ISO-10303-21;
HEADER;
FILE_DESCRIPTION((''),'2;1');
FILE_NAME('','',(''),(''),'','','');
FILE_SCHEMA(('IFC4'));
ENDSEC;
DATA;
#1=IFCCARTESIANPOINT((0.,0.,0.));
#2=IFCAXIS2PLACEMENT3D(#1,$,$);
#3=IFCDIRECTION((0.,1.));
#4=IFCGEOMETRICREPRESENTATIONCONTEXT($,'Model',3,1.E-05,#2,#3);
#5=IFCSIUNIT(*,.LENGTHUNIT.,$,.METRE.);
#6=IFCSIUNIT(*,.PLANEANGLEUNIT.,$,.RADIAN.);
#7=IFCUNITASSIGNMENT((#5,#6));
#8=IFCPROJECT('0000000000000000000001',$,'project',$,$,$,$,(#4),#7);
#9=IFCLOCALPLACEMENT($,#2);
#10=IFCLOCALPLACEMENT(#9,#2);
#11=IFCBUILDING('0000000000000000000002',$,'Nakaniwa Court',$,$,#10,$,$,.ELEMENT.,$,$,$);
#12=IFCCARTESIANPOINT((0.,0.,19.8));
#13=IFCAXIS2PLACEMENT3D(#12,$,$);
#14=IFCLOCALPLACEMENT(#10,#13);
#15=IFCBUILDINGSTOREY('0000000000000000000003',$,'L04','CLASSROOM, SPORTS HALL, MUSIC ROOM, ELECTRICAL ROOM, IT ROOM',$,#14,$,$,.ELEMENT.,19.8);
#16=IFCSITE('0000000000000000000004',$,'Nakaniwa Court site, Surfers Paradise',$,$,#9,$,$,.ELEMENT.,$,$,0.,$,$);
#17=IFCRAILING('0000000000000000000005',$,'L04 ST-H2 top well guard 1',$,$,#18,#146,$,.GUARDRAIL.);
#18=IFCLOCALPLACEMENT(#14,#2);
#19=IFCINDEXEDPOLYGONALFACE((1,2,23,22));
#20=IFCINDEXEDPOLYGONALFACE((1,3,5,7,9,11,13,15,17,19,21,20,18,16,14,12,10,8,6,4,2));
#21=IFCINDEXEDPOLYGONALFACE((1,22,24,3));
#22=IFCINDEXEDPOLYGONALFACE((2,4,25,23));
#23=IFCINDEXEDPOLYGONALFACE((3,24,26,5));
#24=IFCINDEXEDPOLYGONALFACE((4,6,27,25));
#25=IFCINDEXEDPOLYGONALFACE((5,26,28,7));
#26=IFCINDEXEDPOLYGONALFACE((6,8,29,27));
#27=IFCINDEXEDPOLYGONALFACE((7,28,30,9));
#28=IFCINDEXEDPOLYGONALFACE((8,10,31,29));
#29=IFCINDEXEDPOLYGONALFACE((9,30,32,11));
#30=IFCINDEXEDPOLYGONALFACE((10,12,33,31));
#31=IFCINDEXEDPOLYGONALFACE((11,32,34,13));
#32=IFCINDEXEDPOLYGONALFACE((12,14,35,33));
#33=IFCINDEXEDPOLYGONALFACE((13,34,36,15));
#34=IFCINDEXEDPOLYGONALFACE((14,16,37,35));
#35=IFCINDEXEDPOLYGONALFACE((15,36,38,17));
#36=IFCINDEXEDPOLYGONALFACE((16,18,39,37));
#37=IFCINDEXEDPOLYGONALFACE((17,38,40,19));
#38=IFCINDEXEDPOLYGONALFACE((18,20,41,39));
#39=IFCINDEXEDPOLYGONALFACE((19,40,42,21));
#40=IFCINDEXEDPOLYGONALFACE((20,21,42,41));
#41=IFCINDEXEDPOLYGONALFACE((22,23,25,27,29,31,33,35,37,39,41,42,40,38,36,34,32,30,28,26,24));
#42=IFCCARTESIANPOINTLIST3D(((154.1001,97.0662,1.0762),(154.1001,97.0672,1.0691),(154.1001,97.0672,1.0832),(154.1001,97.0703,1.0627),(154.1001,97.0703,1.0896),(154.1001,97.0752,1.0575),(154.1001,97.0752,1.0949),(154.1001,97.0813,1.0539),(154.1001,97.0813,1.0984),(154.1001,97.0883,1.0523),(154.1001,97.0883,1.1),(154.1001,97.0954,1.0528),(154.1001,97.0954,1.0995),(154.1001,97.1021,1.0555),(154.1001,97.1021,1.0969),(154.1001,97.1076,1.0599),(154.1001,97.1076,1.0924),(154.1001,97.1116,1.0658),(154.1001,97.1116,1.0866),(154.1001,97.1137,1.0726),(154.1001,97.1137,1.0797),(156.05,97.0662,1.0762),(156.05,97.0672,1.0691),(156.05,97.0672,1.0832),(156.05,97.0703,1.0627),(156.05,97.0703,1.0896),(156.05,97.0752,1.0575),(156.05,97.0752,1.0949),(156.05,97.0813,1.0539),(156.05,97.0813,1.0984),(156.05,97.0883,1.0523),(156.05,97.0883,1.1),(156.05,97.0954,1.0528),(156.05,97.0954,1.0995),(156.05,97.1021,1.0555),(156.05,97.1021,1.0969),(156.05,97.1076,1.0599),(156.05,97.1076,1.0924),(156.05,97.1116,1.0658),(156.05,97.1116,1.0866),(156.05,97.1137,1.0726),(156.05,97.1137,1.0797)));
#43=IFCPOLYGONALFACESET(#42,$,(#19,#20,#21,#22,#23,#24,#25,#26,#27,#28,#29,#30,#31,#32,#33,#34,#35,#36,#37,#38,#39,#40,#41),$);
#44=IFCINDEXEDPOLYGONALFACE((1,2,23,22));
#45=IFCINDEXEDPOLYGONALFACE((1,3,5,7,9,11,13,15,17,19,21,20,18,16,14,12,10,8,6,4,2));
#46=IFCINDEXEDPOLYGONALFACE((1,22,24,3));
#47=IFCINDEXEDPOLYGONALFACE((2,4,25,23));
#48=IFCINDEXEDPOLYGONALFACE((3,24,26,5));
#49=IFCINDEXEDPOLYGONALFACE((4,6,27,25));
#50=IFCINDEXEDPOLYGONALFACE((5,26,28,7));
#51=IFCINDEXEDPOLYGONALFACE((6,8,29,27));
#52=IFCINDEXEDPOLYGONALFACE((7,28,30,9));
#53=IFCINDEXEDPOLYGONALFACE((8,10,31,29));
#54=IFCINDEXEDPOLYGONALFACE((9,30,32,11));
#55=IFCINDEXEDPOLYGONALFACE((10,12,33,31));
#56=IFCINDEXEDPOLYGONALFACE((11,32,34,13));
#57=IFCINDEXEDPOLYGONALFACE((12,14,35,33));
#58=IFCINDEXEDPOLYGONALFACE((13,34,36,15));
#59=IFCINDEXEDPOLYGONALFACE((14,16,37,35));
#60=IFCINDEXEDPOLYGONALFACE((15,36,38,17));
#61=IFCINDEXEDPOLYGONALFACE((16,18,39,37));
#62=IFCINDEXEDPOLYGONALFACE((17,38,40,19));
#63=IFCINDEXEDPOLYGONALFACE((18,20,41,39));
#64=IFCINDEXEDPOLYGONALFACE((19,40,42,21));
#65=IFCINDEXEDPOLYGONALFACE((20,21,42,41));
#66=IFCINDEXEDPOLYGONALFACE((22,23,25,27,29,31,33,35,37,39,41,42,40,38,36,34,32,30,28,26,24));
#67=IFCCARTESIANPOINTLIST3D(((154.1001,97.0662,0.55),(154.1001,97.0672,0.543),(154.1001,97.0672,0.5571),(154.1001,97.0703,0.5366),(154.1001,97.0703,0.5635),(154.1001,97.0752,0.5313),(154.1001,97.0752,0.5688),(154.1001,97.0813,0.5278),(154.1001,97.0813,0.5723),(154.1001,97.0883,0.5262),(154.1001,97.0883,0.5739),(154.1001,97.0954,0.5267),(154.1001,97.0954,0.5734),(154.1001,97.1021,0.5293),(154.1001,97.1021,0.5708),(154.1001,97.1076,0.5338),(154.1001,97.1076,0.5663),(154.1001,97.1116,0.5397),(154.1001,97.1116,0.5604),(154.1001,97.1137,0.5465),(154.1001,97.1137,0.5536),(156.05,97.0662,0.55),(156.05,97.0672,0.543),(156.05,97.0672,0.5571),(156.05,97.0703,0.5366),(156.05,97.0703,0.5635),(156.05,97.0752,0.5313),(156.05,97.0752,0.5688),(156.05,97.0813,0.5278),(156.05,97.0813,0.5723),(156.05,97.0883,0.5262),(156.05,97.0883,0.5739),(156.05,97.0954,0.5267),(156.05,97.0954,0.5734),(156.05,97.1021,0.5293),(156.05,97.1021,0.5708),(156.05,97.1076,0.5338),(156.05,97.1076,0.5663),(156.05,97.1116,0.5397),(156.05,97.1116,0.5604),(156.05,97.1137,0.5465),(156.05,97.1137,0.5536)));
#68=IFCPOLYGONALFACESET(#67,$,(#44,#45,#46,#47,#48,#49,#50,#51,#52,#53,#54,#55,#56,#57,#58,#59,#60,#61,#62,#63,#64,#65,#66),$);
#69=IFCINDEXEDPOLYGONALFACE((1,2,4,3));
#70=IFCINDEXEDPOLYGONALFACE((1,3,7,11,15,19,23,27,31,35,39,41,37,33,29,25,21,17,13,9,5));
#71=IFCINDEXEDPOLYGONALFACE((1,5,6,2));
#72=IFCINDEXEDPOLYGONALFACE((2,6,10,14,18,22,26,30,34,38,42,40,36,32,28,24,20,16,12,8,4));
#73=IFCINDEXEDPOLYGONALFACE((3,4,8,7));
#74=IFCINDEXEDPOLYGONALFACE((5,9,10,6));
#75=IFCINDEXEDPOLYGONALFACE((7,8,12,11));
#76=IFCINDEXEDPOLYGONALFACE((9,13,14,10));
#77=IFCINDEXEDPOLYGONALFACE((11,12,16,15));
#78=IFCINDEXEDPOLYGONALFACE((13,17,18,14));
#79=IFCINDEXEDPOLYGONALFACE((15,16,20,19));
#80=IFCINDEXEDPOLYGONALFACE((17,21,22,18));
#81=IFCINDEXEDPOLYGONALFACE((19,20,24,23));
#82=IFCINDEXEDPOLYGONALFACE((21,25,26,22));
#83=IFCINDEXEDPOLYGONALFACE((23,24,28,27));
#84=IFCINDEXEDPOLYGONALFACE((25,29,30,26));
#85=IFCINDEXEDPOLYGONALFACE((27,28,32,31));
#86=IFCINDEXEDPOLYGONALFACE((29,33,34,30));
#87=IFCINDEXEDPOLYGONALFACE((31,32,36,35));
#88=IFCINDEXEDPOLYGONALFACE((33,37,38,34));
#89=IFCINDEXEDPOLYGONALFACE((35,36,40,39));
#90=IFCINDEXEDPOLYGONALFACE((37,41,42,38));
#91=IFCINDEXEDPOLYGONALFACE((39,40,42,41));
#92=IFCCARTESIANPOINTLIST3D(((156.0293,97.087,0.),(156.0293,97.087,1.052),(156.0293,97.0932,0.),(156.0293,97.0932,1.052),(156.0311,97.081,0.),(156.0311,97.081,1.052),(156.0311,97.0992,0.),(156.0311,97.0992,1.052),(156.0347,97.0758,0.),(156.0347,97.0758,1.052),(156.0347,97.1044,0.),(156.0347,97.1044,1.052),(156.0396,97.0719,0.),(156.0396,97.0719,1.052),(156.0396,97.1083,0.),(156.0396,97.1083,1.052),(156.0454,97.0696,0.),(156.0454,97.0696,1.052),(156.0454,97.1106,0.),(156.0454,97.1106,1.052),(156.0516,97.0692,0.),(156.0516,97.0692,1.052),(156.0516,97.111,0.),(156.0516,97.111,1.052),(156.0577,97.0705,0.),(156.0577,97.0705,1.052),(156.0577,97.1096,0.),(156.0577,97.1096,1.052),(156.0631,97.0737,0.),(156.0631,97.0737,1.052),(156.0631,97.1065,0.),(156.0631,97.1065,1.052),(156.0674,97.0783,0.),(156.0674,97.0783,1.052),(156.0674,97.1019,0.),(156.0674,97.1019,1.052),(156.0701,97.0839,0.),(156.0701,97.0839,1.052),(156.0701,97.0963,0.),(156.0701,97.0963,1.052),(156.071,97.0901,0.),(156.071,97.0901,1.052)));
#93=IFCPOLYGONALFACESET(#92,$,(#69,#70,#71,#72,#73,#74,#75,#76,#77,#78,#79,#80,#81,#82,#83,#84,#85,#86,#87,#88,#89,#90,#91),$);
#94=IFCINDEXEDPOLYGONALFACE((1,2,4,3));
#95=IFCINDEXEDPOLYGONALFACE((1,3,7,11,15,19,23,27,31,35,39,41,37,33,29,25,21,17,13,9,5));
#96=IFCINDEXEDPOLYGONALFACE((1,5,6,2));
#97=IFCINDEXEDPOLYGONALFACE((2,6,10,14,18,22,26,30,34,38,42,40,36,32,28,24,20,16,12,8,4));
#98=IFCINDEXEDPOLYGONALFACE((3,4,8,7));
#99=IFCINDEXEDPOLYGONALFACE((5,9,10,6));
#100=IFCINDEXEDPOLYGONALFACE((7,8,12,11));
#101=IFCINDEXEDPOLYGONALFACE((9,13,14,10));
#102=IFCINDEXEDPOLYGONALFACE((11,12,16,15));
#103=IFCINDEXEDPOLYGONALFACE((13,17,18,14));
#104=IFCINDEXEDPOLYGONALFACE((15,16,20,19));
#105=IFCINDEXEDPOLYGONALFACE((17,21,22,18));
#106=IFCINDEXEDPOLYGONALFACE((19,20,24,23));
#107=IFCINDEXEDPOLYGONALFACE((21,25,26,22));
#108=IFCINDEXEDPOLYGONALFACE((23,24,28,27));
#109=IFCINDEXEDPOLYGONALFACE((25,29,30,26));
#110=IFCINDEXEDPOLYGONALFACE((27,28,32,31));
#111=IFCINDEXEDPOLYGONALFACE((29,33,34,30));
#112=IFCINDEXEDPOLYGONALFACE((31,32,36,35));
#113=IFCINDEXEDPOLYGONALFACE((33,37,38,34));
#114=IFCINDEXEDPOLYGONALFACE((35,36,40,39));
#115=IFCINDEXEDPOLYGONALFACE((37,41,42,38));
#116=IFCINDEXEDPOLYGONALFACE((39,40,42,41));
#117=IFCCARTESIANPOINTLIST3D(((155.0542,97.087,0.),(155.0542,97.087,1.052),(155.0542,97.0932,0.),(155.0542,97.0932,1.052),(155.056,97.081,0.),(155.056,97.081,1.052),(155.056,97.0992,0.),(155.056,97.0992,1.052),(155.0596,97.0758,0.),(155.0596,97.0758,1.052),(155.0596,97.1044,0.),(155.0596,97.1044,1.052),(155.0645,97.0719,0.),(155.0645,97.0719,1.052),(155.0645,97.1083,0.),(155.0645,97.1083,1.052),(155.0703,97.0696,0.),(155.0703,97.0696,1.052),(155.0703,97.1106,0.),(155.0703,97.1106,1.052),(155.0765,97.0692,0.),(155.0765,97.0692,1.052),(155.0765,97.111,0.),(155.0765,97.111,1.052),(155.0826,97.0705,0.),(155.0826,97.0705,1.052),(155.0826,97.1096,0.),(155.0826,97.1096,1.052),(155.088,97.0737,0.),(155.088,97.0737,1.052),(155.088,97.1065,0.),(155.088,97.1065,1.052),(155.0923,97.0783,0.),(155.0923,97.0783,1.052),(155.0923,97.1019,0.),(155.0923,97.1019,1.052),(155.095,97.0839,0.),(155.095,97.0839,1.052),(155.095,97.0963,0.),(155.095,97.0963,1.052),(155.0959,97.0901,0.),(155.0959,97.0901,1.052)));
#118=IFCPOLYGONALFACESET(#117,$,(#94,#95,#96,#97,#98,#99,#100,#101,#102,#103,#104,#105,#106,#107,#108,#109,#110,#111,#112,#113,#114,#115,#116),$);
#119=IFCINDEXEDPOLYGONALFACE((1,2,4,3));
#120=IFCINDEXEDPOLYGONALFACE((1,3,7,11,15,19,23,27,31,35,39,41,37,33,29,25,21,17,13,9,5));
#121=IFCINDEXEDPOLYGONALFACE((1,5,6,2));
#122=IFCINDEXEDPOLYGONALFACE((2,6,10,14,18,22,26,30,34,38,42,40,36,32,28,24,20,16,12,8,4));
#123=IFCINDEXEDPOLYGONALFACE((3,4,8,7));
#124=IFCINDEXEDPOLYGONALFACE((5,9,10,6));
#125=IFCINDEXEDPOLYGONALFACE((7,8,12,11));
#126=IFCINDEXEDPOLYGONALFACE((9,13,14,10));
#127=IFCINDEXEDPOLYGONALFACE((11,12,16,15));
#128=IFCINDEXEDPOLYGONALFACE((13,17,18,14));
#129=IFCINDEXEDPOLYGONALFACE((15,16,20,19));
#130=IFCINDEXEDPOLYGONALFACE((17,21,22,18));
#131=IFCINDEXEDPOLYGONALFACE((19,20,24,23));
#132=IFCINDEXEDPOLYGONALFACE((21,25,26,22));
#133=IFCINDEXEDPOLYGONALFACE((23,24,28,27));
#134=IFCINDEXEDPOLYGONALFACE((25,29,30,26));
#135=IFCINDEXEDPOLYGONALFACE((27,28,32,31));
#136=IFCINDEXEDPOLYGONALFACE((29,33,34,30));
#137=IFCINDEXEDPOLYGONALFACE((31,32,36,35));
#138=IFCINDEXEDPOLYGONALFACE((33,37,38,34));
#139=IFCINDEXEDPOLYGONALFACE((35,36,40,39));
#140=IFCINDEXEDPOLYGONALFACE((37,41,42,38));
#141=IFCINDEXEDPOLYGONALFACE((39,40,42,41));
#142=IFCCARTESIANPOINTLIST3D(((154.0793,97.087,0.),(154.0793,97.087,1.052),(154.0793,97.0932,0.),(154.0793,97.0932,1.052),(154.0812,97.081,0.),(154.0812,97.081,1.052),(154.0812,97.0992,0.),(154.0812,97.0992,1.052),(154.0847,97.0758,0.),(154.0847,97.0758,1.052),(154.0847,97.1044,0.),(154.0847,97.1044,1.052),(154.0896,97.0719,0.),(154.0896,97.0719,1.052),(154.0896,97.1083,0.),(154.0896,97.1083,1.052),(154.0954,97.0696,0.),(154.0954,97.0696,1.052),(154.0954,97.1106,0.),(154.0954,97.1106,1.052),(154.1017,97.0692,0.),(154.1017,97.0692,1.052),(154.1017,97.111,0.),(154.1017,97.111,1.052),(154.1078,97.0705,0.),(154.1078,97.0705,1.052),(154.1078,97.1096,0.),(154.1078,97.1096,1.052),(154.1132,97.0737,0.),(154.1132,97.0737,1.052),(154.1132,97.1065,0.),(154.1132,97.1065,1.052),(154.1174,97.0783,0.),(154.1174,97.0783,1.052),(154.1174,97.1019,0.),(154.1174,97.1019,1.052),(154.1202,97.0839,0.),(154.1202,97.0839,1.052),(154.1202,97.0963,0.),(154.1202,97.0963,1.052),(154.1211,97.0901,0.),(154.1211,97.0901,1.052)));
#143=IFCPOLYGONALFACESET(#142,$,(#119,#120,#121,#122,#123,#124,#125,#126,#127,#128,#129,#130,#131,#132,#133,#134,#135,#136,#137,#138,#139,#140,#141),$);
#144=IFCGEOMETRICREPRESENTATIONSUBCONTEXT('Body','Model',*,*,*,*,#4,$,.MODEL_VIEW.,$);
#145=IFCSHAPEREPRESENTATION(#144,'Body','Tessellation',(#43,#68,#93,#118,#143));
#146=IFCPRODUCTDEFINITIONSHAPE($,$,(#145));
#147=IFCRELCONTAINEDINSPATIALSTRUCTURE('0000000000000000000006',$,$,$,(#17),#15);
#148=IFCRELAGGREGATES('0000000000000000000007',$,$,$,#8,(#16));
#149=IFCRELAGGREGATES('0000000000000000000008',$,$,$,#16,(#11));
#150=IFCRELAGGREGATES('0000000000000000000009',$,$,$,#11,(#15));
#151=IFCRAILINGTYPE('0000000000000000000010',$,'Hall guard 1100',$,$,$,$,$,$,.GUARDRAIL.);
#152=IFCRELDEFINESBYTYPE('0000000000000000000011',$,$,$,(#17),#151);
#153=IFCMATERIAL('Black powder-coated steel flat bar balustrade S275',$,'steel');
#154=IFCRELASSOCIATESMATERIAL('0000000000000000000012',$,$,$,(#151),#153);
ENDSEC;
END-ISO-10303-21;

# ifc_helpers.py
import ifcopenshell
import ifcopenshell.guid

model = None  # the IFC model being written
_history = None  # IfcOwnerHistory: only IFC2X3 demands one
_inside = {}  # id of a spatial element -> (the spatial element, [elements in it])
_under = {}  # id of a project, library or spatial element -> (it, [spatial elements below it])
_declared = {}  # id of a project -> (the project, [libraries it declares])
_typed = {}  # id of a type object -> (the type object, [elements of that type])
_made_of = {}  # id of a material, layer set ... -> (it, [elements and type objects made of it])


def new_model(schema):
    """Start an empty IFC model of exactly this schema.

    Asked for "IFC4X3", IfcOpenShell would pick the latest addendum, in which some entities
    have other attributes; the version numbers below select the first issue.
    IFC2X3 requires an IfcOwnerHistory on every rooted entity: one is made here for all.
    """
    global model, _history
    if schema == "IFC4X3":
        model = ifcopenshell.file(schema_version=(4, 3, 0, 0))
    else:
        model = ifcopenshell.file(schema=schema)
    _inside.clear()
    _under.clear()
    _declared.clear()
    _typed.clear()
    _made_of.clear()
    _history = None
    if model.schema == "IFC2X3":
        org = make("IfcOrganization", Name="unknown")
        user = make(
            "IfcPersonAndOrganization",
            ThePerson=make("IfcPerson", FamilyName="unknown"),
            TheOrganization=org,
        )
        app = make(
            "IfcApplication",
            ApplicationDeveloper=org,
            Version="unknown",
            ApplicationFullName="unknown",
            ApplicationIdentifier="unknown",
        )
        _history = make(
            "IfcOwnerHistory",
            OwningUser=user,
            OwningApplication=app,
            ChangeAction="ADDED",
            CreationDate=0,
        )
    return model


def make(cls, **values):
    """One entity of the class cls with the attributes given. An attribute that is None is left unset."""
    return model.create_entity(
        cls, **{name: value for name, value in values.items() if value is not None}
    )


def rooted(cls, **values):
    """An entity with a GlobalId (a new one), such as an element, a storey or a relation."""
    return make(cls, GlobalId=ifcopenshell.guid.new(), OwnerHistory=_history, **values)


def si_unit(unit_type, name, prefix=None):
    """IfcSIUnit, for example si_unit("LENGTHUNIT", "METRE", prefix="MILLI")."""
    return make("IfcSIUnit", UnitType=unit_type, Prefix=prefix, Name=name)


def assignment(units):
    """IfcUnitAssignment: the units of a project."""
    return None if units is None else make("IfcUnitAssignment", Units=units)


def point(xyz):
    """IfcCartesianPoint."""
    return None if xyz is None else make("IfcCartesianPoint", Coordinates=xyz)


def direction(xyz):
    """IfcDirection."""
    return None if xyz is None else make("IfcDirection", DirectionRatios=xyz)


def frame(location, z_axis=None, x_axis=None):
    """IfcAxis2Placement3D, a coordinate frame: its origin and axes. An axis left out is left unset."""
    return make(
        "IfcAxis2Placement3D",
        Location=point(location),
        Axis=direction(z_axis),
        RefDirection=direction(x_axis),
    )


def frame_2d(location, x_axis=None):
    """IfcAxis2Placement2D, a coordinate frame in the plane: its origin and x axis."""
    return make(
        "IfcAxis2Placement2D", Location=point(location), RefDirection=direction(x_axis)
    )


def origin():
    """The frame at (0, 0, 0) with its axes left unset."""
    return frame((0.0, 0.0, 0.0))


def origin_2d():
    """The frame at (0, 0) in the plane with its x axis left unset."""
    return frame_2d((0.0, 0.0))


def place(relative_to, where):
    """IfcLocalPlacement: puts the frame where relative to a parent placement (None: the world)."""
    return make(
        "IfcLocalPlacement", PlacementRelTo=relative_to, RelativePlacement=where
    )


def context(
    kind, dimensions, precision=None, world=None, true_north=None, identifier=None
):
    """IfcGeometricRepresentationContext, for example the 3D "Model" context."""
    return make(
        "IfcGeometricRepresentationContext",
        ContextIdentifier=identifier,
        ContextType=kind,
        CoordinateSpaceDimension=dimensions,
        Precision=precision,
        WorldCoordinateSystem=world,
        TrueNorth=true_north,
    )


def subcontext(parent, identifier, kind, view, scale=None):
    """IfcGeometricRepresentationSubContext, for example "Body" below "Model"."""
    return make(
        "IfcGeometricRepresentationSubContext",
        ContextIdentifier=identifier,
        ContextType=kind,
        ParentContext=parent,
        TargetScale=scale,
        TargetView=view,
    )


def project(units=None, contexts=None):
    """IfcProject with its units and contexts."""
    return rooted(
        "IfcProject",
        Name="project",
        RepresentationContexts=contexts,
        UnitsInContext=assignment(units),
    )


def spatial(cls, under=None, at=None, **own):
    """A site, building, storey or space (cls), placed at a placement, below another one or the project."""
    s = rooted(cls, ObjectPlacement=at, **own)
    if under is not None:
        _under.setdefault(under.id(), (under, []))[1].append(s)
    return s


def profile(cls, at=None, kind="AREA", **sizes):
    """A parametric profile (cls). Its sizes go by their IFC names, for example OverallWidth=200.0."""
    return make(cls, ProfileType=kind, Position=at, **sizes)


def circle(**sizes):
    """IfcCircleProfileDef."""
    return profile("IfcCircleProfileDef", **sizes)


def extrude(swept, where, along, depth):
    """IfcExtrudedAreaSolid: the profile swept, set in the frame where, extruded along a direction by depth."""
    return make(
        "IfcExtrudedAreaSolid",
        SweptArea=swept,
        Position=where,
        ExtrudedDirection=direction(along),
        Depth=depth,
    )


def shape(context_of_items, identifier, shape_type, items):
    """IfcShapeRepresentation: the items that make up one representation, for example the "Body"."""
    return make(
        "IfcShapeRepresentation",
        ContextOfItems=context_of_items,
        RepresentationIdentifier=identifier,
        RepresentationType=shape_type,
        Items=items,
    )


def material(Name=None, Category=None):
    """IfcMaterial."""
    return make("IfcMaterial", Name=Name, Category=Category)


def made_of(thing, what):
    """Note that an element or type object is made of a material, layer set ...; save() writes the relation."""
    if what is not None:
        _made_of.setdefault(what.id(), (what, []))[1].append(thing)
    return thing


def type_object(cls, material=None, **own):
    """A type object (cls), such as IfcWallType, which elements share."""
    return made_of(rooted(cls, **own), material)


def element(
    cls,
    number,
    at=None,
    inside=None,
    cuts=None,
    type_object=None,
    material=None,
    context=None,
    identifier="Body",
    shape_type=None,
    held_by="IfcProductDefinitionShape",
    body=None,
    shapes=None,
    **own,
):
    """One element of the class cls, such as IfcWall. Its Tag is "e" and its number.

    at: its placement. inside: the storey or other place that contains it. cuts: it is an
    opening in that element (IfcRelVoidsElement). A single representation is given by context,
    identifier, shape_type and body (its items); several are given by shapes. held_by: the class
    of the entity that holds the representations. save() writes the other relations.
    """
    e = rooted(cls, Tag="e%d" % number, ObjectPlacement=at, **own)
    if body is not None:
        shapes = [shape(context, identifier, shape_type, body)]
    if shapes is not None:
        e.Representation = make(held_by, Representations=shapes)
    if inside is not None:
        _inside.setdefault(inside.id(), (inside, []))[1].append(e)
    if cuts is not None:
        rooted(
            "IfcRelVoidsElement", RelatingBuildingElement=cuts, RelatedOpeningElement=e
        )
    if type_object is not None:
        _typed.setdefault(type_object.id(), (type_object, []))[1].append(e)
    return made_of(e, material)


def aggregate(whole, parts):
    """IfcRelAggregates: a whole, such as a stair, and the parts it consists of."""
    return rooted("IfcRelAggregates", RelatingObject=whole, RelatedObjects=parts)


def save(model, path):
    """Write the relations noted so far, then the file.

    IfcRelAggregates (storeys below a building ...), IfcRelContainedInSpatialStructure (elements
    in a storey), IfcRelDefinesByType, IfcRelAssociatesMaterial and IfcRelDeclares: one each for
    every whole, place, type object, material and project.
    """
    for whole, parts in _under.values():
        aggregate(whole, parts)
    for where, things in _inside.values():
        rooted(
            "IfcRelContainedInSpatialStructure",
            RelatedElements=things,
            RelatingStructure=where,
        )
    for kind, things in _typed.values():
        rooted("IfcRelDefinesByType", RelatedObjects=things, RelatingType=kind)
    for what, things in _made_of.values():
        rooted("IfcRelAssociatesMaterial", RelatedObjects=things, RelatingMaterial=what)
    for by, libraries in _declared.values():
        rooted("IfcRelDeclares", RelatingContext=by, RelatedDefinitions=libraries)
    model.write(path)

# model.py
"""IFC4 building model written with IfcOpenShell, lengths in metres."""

from ifc_helpers import new_model, si_unit, direction, frame, origin, origin_2d, place, context, subcontext, project, spatial, circle, extrude, material, type_object, element, save


model = new_model("IFC4")

# Units and contexts
model_context = context("Model", 3, precision=1e-05, world=origin(), true_north=direction((0.0, 1.0)))
body_context = subcontext(model_context, "Body", "Model", "MODEL_VIEW")
ifc_project = project(units=[si_unit("LENGTHUNIT", "METRE"), si_unit("PLANEANGLEUNIT", "RADIAN")], contexts=[model_context])

# Site, building, storey
site_placement = place(None, origin())
site = spatial("IfcSite", under=ifc_project, at=site_placement, Name="Nakaniwa Court site, Surfers Paradise", CompositionType="ELEMENT", RefElevation=0.0)
building_placement = place(site_placement, origin())
building = spatial("IfcBuilding", under=site, at=building_placement, Name="Nakaniwa Court", CompositionType="ELEMENT")
storey_placement = place(building_placement, frame((0.0, 0.0, 19.8)))
storey = spatial("IfcBuildingStorey", under=building, at=storey_placement, Name="L04", Description="CLASSROOM, SPORTS HALL, MUSIC ROOM, ELECTRICAL ROOM, IT ROOM", CompositionType="ELEMENT", Elevation=19.8)

# Railing
ifc_material_1 = material(Name="Black powder-coated steel flat bar balustrade S275", Category="steel")
railing_type_1 = type_object("IfcRailingType", Name="Hall guard 1100", PredefinedType="GUARDRAIL", material=ifc_material_1)
railing_1_placement = place(storey_placement, frame((156.05, 97.0901, 0.0)))
element("IfcRailing", 1, at=railing_1_placement, inside=storey, type_object=railing_type_1, Name="L04 ST-H2 top well guard 1", PredefinedType="GUARDRAIL", context=body_context, shape_type="SweptSolid", body=[
    extrude(circle(Radius=0.0239, at=origin_2d()), frame((0.0, 0.0, 1.0762), z_axis=(-1.0, 0.0, 0.0), x_axis=(0.0, -1.0, 0.0)), (0.0, 0.0, 1.0), 1.95),
    extrude(circle(Radius=0.0239, at=origin_2d()), frame((0.0, 0.0, 0.55), z_axis=(-1.0, 0.0, 0.0), x_axis=(0.0, -1.0, 0.0)), (0.0, 0.0, 1.0), 1.95),
    extrude(circle(Radius=0.021, at=origin_2d()), origin(), (0.0, 0.0, 1.0), 1.052),
    extrude(circle(Radius=0.021, at=origin_2d()), frame((-0.9751, 0.0, 0.0)), (0.0, 0.0, 1.0), 1.052),
    extrude(circle(Radius=0.021, at=origin_2d()), frame((-1.95, 0.0, 0.0)), (0.0, 0.0, 1.0), 1.052),
])

save(model, "model.ifc")
